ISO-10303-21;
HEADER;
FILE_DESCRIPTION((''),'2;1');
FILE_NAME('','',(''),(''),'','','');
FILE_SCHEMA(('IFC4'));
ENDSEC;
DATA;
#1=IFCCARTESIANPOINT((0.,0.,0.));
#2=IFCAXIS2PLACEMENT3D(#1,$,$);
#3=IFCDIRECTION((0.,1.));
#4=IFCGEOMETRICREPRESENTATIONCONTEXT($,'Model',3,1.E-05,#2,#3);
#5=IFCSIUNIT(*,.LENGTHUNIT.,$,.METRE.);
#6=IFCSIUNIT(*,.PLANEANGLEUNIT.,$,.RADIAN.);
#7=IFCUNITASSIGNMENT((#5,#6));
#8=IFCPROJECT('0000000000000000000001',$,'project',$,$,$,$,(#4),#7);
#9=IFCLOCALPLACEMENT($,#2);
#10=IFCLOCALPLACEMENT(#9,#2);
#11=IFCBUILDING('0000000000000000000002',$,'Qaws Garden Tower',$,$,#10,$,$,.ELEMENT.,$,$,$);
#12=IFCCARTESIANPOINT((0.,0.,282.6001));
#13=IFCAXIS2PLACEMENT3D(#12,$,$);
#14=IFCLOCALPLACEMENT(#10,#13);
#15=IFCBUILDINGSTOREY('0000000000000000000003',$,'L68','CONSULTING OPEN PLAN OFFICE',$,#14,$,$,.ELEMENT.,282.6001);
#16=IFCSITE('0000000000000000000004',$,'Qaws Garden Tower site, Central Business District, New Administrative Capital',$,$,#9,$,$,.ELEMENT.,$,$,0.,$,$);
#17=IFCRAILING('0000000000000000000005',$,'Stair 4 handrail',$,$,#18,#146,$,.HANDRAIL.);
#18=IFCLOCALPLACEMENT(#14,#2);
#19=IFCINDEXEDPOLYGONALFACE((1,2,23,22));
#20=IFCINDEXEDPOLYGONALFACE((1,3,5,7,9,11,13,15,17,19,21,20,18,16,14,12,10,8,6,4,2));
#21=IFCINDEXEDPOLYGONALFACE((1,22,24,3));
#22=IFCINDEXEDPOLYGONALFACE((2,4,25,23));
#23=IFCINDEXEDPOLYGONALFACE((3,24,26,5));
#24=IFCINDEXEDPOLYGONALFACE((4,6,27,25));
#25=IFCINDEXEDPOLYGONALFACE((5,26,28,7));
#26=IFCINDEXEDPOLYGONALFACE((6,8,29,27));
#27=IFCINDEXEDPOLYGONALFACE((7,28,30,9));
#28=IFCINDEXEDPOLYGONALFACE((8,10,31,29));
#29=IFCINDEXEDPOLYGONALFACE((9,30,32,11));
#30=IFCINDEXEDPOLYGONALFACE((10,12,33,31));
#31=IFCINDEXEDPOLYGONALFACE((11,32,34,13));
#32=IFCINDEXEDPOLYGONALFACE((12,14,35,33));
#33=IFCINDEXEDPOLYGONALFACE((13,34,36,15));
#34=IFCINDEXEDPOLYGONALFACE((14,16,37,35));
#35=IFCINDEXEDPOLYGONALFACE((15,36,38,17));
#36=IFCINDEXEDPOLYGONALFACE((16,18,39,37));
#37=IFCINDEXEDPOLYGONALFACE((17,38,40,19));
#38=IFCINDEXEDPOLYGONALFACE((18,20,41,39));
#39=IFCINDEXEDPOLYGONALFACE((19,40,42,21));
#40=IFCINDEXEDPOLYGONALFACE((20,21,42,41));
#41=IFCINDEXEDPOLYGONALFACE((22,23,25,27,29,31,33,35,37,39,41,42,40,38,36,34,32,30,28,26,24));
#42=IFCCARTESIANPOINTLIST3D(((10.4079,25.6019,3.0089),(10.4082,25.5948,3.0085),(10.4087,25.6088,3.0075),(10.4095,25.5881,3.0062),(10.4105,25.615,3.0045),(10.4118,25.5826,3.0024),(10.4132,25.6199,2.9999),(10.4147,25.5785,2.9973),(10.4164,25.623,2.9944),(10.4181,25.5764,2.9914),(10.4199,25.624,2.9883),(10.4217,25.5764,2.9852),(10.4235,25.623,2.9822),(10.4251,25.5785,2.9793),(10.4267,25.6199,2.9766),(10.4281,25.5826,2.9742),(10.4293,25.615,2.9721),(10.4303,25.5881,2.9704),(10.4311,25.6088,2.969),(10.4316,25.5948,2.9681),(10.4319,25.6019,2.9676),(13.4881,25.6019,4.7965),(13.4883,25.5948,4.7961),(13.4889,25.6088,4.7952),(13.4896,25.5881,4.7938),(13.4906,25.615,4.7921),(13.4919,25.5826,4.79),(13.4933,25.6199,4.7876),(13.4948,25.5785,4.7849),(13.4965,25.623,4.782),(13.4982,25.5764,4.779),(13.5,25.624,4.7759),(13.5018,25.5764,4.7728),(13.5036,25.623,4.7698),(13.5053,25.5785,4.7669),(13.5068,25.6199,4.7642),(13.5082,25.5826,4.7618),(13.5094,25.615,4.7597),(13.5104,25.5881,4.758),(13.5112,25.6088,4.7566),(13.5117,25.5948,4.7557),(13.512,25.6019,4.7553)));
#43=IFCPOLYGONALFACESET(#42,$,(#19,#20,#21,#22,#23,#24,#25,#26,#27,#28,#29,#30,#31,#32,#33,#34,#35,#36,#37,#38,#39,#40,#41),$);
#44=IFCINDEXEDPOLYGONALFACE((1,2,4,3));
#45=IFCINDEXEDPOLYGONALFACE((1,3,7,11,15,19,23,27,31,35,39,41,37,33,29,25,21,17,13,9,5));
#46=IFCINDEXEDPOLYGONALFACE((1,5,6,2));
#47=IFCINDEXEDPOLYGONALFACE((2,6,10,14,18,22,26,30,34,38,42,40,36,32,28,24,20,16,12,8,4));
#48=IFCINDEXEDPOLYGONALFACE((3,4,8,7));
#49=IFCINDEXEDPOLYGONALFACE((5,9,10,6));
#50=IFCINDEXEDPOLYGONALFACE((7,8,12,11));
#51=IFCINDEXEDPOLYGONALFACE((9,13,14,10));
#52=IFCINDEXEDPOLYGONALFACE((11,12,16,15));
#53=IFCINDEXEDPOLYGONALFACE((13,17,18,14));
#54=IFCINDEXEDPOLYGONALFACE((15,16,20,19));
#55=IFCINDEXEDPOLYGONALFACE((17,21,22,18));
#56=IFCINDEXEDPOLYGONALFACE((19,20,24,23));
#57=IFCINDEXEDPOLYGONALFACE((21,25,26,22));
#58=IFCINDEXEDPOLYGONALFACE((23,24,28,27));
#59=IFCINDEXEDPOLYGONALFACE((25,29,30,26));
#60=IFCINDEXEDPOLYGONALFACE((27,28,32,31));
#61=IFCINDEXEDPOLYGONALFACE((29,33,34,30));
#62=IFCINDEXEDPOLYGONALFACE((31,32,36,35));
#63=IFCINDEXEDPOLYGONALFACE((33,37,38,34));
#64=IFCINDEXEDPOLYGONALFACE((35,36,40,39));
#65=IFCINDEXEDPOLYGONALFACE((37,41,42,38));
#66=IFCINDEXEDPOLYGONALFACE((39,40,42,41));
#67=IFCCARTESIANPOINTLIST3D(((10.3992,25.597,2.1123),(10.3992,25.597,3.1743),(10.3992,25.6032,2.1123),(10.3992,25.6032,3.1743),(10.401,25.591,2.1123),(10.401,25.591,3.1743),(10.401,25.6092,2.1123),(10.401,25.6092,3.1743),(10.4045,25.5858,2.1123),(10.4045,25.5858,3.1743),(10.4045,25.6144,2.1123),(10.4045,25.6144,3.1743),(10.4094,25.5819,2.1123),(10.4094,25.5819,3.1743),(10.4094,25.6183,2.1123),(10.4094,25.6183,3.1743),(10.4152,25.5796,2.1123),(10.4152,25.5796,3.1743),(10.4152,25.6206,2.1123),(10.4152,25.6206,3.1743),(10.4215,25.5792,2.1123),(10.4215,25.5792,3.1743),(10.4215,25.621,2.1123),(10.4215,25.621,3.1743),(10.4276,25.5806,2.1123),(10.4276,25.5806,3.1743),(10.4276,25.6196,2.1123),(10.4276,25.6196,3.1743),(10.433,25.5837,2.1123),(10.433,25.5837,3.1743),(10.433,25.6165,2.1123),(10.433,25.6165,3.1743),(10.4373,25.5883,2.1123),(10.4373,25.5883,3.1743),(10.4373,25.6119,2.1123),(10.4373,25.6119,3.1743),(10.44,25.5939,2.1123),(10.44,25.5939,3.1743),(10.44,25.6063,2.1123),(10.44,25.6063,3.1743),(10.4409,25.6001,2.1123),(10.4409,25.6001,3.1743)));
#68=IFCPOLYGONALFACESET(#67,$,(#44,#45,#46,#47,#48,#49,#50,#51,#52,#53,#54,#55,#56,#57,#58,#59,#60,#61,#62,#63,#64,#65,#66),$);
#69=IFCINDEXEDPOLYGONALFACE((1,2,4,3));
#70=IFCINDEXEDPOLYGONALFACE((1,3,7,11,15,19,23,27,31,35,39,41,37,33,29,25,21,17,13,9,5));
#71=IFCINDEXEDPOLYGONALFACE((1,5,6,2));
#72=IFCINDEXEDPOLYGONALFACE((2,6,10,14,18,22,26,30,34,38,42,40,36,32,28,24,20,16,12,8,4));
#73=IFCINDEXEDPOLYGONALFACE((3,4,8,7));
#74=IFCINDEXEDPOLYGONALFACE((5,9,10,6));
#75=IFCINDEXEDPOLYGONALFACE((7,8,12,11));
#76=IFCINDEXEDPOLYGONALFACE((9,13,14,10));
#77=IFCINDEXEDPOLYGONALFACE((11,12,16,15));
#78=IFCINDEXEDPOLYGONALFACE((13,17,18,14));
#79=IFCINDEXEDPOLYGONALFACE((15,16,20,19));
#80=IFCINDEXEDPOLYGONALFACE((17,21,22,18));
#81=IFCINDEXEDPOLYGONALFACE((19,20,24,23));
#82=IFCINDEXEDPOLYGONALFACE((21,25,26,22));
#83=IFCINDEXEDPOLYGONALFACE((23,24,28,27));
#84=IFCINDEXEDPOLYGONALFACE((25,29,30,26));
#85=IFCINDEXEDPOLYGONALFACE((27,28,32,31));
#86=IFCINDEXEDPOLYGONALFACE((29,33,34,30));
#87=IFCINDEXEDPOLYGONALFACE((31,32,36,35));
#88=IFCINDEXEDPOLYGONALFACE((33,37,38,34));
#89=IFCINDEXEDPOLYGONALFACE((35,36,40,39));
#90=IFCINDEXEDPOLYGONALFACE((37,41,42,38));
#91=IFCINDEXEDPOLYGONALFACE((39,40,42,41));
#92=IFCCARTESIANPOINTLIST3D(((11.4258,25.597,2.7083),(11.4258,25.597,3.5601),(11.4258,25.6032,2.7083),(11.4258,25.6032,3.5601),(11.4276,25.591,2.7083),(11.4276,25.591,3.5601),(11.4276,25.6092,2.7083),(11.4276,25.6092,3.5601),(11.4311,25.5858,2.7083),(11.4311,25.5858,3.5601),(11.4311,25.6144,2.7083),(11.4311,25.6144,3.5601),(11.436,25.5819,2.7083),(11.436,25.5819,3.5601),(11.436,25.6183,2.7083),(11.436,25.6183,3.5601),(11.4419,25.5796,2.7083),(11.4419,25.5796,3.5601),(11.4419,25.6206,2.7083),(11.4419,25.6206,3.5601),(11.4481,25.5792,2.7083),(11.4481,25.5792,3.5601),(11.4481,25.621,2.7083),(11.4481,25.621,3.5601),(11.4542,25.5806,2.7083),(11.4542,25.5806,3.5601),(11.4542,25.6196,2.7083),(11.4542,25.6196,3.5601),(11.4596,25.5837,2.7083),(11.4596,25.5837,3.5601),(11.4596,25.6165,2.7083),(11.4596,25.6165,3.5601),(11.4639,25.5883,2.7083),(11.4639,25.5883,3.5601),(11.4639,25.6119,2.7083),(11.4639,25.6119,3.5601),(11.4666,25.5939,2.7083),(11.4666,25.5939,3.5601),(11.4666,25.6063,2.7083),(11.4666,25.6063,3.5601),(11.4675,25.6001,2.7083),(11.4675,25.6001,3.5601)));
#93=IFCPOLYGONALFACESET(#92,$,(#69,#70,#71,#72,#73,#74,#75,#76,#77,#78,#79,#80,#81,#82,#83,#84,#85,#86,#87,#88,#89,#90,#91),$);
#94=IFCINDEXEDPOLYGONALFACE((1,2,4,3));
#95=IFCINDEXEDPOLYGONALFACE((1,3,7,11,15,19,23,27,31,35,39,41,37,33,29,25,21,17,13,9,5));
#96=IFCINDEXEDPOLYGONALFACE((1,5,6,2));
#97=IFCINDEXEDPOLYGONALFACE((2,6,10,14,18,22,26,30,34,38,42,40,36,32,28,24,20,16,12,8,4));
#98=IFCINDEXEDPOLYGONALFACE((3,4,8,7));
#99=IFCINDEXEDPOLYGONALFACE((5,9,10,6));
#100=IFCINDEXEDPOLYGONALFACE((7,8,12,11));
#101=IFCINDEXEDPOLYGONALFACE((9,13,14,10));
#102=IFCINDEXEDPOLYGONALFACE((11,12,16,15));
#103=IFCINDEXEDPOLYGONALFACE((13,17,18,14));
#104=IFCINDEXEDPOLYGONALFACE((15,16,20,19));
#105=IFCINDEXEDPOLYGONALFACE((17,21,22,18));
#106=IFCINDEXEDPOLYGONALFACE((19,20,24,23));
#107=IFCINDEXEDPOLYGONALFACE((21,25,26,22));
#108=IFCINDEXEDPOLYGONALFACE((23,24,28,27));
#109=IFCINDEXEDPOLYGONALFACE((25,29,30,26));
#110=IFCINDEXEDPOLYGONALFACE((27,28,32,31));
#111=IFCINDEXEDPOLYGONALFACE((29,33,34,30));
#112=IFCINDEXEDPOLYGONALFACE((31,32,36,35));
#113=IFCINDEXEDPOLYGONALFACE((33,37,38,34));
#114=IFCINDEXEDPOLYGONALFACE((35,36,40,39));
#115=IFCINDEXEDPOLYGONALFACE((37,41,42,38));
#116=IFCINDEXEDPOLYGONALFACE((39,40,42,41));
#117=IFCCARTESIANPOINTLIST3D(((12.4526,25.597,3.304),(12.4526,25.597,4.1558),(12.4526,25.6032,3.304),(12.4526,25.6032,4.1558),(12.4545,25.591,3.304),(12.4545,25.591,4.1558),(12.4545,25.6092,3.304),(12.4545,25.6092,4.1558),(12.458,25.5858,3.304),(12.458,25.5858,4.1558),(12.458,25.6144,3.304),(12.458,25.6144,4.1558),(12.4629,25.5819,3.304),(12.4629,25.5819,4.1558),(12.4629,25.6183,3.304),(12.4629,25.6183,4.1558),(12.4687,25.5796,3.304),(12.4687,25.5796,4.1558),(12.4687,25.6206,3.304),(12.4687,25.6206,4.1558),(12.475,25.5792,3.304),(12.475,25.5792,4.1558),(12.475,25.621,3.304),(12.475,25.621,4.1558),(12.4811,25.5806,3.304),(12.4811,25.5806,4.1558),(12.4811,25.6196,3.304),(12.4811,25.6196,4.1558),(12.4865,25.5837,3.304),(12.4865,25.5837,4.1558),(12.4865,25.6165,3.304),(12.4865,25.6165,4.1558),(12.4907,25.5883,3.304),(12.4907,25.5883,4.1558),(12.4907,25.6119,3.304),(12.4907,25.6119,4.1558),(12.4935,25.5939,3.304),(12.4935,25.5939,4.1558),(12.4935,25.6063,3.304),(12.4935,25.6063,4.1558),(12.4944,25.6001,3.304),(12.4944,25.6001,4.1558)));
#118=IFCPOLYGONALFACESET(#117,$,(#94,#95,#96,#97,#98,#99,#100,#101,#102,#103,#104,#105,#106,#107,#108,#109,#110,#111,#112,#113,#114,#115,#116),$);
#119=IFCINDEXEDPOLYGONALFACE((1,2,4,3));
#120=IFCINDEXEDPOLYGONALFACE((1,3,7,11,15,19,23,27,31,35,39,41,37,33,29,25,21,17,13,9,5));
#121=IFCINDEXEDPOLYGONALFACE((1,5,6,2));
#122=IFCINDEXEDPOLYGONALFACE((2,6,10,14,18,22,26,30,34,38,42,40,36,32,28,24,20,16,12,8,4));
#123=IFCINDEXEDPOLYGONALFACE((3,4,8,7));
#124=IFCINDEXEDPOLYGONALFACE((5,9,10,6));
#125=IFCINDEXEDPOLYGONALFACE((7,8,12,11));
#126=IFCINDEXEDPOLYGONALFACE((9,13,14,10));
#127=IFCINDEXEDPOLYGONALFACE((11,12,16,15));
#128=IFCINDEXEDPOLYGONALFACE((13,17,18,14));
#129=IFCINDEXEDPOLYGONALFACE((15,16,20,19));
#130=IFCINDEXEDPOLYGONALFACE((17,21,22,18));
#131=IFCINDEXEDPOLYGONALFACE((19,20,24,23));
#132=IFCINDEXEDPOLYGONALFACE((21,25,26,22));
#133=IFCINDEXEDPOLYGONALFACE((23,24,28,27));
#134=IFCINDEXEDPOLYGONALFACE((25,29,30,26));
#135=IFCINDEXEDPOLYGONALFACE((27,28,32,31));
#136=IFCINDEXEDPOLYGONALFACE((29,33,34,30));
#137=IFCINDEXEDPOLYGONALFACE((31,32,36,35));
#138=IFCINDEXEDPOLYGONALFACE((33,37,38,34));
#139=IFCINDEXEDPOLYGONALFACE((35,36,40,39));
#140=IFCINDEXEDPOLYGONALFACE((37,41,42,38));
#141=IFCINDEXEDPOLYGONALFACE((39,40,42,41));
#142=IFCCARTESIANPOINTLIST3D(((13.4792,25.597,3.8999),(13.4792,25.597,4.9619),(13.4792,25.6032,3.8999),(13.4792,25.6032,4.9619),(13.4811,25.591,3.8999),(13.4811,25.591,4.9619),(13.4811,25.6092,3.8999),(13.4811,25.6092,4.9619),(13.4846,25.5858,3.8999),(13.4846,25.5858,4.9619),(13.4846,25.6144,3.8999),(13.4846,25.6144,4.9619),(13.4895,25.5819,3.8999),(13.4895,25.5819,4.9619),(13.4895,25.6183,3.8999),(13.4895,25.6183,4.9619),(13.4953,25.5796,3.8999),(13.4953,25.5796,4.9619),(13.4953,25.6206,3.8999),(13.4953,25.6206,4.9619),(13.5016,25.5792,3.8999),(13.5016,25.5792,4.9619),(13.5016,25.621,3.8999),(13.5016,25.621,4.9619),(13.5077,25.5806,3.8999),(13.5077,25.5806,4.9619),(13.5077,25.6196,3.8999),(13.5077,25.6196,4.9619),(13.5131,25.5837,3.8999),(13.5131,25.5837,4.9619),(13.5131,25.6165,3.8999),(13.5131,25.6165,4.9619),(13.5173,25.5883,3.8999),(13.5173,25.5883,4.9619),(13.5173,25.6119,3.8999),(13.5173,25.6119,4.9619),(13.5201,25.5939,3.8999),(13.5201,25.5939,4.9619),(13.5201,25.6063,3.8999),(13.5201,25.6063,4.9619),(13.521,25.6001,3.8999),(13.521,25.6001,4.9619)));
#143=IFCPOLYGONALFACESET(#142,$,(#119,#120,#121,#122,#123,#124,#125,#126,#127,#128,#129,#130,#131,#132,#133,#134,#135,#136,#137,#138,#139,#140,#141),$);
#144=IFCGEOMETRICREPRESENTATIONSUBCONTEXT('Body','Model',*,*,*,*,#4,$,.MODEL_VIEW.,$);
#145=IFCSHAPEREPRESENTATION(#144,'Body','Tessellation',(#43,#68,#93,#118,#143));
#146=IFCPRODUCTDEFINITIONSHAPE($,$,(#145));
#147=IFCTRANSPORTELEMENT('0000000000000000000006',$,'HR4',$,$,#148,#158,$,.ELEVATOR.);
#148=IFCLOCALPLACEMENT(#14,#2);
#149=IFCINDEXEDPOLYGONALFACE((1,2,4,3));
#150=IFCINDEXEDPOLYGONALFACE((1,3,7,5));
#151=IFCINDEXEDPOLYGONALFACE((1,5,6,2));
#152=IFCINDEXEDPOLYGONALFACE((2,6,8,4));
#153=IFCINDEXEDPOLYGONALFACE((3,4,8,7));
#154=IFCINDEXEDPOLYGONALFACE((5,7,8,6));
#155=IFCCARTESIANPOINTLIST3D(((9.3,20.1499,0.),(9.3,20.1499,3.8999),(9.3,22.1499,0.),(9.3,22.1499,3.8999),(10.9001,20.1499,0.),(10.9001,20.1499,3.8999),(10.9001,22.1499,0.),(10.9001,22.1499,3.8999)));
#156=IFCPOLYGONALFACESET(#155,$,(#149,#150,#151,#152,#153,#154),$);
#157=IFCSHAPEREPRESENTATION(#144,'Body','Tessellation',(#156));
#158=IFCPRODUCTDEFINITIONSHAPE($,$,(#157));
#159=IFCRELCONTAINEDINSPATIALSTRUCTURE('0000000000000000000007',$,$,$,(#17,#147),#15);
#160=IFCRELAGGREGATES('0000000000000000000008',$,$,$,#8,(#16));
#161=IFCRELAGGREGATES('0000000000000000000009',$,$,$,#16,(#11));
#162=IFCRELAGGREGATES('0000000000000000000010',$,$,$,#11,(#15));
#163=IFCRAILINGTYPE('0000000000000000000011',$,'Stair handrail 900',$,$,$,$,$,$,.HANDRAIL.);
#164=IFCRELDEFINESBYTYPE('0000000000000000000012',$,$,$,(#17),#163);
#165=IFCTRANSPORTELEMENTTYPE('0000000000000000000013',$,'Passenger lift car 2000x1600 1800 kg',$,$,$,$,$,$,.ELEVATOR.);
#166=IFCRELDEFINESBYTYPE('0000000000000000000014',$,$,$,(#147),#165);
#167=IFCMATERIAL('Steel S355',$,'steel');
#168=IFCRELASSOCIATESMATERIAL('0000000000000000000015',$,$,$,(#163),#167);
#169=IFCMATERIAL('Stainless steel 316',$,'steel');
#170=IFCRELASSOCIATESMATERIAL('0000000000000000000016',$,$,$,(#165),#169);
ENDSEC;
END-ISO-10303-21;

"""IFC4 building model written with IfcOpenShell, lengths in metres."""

from ifc_helpers import new_model, si_unit, direction, frame, origin, origin_2d, place, context, subcontext, project, spatial, rectangle, circle, extrude, material, type_object, element, save


model = new_model("IFC4")

# Units and contexts
model_context = context("Model", 3, precision=1e-05, world=origin(), true_north=direction((0.0, 1.0)))
body_context = subcontext(model_context, "Body", "Model", "MODEL_VIEW")
ifc_project = project(units=[si_unit("LENGTHUNIT", "METRE"), si_unit("PLANEANGLEUNIT", "RADIAN")], contexts=[model_context])

# Site, building, storey
site_placement = place(None, origin())
site = spatial("IfcSite", under=ifc_project, at=site_placement, Name="Qaws Garden Tower site, Central Business District, New Administrative Capital", CompositionType="ELEMENT", RefElevation=0.0)
building_placement = place(site_placement, origin())
building = spatial("IfcBuilding", under=site, at=building_placement, Name="Qaws Garden Tower", CompositionType="ELEMENT")
storey_placement = place(building_placement, frame((0.0, 0.0, 282.6001)))
storey = spatial("IfcBuildingStorey", under=building, at=storey_placement, Name="L68", Description="CONSULTING OPEN PLAN OFFICE", CompositionType="ELEMENT", Elevation=282.6001)

# Railing
ifc_material_1 = material(Name="Steel S355", Category="steel")
railing_type = type_object("IfcRailingType", Name="Stair handrail 900", PredefinedType="HANDRAIL", material=ifc_material_1)
railing_1_placement = place(storey_placement, frame((10.4199, 25.6001, 2.1123)))
element("IfcRailing", 1, at=railing_1_placement, inside=storey, type_object=railing_type, Name="Stair 4 handrail", PredefinedType="HANDRAIL", context=body_context, shape_type="SweptSolid", body=[
    extrude(circle(Radius=0.0239, at=origin_2d()), frame((0.0, 0.0, 0.876), z_axis=(0.864891, 0.0, 0.50196), x_axis=(0.0, 1.0, 0.0)), (0.0, 0.0, 1.0), 3.5613),
    extrude(circle(Radius=0.021, at=origin_2d()), origin(), (0.0, 0.0, 1.0), 1.062),
    extrude(circle(Radius=0.021, at=origin_2d()), frame((1.0266, 0.0, 0.5959)), (0.0, 0.0, 1.0), 0.8518),
    extrude(circle(Radius=0.021, at=origin_2d()), frame((2.0535, 0.0, 1.1917)), (0.0, 0.0, 1.0), 0.8518),
    extrude(circle(Radius=0.021, at=origin_2d()), frame((3.0801, 0.0, 1.7876)), (0.0, 0.0, 1.0), 1.062),
])

# Transport element
ifc_material_2 = material(Name="Stainless steel 316", Category="steel")
transport_element_type = type_object("IfcTransportElementType", Name="Passenger lift car 2000x1600 1800 kg", PredefinedType="ELEVATOR", material=ifc_material_2)
transport_element_placement = place(storey_placement, frame((10.1001, 21.1499, 0.0), z_axis=(0.0, 0.0, 1.0), x_axis=(1.0, 0.0, 0.0)))
element("IfcTransportElement", 2, at=transport_element_placement, inside=storey, type_object=transport_element_type, Name="HR4", PredefinedType="ELEVATOR", context=body_context, shape_type="SweptSolid", body=[
    extrude(rectangle(XDim=1.6001, YDim=2.0, at=origin_2d()), origin(), (0.0, 0.0, 1.0), 3.8999),
])

save(model, "model.ifc")
